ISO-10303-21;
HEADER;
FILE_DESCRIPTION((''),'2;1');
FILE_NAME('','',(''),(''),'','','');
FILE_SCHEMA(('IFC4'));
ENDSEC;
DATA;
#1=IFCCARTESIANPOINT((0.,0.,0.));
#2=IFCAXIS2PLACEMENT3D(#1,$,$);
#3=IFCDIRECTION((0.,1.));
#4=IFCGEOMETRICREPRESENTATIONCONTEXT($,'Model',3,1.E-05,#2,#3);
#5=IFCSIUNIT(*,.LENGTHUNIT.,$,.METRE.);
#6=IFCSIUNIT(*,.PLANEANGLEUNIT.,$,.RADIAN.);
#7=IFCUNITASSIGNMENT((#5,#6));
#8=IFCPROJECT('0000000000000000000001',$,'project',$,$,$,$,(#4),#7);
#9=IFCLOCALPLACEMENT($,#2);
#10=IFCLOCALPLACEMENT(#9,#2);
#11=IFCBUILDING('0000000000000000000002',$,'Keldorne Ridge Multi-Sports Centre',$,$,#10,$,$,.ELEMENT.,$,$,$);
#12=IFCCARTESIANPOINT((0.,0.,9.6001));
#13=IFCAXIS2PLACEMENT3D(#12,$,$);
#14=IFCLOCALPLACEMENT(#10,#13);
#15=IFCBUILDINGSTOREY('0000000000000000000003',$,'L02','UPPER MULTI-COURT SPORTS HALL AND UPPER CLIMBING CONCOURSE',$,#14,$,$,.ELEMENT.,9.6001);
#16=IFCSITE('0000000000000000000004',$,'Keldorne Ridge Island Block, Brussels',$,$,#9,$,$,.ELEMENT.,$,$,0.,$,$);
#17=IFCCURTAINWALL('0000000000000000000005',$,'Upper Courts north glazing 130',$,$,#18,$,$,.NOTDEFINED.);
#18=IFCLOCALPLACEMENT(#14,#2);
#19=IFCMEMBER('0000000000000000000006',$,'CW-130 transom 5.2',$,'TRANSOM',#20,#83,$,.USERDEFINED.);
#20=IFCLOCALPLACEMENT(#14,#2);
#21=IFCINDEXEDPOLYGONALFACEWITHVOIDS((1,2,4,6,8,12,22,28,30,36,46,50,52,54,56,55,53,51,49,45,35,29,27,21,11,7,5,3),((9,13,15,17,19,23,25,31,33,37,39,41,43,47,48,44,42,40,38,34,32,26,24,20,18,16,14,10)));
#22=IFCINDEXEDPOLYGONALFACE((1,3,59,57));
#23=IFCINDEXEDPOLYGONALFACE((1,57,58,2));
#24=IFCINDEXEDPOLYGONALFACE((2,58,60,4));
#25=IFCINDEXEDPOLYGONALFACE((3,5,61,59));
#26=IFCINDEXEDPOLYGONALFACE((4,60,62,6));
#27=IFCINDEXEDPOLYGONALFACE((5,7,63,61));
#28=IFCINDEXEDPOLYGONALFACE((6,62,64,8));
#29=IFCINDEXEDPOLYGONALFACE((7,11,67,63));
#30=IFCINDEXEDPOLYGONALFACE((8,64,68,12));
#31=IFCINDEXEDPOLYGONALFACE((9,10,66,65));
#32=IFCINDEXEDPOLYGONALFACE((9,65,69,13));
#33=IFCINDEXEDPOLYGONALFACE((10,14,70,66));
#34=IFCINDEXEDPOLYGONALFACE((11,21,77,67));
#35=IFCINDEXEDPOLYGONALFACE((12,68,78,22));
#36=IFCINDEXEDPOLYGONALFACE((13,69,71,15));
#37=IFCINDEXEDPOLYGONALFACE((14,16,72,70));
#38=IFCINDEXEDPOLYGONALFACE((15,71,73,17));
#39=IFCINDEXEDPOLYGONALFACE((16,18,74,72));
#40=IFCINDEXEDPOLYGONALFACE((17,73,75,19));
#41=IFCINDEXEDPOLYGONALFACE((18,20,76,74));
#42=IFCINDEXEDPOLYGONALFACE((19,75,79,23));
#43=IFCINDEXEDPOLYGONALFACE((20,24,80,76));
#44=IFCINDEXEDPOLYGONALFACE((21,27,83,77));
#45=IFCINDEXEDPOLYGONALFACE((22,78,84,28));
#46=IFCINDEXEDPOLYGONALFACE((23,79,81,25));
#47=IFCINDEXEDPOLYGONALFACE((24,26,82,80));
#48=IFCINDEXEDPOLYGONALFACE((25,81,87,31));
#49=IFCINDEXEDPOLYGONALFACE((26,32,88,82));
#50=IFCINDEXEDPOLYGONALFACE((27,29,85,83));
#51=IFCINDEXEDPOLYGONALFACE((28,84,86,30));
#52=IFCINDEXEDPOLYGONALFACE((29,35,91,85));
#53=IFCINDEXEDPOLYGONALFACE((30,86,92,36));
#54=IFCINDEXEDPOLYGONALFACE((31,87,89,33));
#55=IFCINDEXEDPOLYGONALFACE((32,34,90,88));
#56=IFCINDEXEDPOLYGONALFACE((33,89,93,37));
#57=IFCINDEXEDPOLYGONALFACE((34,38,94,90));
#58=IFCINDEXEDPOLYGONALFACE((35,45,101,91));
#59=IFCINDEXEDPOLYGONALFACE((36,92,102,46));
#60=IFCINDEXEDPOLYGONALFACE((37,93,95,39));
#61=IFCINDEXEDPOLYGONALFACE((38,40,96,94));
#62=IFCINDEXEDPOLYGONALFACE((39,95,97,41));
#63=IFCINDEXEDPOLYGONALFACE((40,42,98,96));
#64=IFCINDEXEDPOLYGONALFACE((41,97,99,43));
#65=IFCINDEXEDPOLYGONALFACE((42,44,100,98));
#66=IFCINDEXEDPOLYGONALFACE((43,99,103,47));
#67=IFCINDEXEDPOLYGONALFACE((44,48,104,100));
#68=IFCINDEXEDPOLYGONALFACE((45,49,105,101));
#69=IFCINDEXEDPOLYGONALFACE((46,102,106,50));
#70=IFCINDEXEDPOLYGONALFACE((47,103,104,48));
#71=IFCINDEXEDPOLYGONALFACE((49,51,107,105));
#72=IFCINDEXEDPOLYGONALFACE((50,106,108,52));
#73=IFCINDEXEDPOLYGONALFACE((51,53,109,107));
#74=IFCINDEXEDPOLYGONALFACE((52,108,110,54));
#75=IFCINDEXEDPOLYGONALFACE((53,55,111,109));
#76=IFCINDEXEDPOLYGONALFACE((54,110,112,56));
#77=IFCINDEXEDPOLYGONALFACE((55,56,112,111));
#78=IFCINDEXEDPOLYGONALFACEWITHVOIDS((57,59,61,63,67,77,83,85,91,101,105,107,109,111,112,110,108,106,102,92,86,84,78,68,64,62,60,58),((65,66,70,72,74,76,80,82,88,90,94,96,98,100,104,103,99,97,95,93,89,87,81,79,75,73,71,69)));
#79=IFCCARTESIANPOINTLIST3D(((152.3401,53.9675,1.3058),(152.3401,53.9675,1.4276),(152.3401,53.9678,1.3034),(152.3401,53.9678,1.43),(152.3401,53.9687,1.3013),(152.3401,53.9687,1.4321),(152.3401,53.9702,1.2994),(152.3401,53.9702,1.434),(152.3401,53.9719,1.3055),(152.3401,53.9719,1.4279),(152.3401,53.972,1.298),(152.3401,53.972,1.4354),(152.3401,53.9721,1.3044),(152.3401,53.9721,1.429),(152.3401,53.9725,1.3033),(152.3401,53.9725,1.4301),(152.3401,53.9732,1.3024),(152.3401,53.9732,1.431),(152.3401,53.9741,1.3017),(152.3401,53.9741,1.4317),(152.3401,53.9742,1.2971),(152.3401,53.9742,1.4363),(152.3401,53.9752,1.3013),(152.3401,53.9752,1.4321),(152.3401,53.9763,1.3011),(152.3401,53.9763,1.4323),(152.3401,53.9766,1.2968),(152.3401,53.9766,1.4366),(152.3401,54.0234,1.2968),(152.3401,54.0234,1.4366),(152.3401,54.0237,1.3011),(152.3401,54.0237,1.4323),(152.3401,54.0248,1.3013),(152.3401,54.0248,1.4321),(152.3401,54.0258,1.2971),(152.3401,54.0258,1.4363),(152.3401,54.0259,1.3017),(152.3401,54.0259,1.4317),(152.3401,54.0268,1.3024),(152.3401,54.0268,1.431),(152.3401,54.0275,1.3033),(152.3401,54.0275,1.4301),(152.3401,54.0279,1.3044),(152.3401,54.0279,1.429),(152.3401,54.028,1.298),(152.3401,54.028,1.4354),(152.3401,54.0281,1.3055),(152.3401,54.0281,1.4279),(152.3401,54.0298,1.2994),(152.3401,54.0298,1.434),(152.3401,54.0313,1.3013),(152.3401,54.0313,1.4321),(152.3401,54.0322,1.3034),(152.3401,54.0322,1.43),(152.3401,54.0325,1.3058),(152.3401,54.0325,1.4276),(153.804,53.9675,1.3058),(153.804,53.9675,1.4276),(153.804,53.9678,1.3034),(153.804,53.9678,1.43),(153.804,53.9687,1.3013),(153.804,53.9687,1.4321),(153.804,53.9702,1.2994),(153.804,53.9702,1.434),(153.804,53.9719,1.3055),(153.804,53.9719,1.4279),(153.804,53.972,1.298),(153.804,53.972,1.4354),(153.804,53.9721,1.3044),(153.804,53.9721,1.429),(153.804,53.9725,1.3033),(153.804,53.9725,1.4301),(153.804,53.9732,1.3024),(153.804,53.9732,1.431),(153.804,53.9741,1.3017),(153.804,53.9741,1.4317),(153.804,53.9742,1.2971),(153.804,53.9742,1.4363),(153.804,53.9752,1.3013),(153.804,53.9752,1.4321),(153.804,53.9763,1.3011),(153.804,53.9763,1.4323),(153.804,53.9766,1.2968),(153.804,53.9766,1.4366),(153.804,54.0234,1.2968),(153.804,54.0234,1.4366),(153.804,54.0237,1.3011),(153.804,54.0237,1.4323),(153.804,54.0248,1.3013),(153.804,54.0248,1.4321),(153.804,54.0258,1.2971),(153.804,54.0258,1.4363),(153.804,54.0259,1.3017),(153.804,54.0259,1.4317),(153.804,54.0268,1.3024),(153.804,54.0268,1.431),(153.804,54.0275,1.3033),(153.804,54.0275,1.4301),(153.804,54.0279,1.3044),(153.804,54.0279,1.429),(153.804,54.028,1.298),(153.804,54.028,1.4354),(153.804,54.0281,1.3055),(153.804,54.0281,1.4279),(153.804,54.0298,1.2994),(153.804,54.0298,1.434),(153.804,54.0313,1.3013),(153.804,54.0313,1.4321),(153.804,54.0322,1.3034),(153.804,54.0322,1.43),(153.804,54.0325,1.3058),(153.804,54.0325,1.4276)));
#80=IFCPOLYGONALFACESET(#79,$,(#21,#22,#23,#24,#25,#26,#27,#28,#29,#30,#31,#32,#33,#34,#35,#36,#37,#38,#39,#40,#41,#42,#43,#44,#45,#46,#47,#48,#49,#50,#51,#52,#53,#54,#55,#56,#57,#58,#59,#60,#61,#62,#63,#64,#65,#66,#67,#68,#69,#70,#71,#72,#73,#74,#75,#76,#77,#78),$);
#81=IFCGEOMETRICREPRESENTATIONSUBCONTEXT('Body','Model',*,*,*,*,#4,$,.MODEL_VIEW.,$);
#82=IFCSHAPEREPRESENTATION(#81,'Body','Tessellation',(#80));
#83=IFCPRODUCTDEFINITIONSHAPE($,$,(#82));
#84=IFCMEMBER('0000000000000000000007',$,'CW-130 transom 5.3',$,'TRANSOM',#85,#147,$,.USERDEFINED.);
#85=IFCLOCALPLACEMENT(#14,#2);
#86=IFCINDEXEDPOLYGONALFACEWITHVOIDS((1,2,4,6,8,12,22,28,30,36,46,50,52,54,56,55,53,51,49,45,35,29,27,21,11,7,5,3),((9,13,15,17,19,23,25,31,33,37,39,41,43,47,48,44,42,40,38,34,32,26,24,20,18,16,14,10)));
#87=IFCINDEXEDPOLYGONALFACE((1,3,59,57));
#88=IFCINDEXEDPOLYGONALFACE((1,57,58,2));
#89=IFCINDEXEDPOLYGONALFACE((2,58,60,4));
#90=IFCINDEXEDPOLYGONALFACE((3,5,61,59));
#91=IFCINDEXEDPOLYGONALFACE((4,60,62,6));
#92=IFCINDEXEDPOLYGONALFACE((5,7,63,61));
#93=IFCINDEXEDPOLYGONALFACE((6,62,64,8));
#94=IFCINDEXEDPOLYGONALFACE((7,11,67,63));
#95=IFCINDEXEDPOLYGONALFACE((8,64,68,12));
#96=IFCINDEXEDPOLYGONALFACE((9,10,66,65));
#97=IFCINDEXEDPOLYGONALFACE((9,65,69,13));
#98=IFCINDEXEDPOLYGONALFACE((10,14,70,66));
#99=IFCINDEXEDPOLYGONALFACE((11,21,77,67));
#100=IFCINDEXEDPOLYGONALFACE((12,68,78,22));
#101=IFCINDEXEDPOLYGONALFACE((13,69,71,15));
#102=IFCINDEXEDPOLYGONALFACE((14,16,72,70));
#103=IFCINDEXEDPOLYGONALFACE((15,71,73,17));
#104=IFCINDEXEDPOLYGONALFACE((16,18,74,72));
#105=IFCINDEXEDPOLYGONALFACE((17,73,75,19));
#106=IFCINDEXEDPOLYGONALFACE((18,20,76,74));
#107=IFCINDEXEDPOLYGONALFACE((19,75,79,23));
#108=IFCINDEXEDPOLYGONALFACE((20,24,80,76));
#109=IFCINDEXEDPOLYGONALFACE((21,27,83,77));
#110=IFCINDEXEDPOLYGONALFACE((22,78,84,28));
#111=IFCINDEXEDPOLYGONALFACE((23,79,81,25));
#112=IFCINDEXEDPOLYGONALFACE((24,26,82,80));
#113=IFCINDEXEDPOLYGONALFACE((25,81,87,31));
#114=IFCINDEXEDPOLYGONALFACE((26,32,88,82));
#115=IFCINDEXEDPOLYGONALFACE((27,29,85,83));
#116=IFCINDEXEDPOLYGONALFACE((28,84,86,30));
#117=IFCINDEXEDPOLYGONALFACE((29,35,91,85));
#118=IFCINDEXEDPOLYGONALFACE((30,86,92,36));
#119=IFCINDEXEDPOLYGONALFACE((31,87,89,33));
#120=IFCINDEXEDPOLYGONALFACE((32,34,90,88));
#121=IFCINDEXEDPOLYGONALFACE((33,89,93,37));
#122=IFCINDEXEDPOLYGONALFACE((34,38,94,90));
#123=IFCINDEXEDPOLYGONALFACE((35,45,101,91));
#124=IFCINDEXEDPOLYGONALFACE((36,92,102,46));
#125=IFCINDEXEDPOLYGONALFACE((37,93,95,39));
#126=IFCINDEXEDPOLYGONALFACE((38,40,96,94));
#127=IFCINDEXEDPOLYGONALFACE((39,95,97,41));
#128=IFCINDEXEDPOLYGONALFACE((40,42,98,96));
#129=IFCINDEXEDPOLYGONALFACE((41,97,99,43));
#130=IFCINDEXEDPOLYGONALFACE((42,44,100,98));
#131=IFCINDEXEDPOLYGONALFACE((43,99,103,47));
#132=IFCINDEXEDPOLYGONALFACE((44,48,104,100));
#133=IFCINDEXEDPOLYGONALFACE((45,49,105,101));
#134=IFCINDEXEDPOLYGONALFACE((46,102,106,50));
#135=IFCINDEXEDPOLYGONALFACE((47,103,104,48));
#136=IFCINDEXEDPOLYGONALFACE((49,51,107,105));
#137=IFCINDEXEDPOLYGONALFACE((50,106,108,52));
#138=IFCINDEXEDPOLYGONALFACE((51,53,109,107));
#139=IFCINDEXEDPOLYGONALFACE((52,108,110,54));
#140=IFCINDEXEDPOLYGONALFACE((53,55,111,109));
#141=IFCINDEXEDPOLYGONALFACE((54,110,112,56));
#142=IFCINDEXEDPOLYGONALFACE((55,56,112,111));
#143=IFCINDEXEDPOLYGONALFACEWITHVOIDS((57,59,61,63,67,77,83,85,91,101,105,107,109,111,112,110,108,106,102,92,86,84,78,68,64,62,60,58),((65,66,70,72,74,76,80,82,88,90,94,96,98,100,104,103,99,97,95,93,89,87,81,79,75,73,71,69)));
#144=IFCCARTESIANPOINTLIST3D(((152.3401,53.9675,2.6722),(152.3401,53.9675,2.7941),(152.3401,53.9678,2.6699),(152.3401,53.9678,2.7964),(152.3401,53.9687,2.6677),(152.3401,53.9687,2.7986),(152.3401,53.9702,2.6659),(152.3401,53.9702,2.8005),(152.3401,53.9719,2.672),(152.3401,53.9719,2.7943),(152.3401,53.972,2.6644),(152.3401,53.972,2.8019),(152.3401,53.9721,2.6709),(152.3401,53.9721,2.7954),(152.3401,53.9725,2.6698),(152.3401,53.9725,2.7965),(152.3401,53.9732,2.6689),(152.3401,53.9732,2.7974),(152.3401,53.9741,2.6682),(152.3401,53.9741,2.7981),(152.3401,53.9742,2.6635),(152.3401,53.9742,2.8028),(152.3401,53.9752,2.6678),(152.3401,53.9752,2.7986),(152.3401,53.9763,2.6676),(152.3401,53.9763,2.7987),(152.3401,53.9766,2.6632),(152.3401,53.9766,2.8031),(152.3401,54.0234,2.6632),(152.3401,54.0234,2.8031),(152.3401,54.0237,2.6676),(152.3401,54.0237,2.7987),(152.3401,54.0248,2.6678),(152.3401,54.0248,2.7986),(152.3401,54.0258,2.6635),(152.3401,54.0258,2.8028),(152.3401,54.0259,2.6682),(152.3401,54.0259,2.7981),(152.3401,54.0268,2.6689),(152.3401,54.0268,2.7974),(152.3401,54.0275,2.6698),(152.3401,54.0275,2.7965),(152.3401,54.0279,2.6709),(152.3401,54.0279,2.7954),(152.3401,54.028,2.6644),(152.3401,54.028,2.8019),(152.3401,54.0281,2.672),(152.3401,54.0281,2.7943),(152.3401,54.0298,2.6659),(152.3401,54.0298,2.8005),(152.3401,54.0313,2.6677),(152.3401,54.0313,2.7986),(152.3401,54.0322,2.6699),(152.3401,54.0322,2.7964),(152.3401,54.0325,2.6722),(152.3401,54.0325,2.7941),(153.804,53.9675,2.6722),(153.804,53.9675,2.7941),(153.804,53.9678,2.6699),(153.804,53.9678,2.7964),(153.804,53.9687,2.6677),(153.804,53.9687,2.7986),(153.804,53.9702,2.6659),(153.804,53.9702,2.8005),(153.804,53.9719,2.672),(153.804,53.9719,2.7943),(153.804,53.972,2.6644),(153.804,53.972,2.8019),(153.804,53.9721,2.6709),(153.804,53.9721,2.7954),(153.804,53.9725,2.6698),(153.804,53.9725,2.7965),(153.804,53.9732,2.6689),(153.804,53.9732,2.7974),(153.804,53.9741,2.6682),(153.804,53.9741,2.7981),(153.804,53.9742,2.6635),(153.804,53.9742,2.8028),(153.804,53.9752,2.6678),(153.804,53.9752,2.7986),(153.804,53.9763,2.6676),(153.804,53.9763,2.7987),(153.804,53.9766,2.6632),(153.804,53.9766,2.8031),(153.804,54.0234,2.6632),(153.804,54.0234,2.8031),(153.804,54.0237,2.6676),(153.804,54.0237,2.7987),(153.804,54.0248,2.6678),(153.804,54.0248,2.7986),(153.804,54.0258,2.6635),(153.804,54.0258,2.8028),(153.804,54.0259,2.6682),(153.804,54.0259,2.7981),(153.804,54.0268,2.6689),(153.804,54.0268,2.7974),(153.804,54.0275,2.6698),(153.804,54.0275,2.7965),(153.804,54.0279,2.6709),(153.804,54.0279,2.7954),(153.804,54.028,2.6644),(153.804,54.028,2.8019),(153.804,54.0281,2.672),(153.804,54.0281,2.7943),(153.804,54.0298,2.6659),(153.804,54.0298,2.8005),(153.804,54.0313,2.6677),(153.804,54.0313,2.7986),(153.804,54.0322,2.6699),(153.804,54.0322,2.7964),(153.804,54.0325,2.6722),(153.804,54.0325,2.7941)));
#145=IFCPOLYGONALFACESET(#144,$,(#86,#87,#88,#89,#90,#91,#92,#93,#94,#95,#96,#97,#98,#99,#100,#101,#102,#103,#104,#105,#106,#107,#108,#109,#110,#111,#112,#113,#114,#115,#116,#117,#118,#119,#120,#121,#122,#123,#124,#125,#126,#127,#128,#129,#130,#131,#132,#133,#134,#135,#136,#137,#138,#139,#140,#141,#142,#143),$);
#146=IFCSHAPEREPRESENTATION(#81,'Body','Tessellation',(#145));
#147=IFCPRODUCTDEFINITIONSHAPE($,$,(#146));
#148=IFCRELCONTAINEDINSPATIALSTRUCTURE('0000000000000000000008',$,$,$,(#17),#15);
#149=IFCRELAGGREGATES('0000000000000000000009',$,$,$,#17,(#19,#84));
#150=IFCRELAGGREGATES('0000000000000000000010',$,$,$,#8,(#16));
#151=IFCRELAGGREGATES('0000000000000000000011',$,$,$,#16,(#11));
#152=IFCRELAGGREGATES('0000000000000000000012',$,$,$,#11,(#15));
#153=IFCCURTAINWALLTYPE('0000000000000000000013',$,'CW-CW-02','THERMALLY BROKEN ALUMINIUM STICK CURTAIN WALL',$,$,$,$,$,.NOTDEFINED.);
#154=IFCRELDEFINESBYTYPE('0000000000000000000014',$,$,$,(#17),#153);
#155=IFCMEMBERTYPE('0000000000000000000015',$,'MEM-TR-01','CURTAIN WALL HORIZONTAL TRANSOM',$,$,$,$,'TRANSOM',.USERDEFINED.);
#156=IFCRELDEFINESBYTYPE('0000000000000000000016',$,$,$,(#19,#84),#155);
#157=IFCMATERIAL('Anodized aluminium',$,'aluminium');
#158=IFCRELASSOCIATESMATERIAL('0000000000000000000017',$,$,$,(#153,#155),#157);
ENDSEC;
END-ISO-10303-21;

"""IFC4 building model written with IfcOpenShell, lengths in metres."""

from ifc_helpers import new_model, si_unit, direction, frame, origin, origin_2d, place, context, subcontext, project, spatial, hollow_rectangle, extrude, material, material_profile, profile_set, type_object, element, aggregate, save


model = new_model("IFC4")

# Units and contexts
model_context = context("Model", 3, precision=1e-05, world=origin(), true_north=direction((0.0, 1.0)))
body_context = subcontext(model_context, "Body", "Model", "MODEL_VIEW")
ifc_project = project(units=[si_unit("LENGTHUNIT", "METRE"), si_unit("PLANEANGLEUNIT", "RADIAN")], contexts=[model_context])

# Site, building, storey
site_placement = place(None, origin())
site = spatial("IfcSite", under=ifc_project, at=site_placement, Name="Keldorne Ridge Island Block, Brussels", CompositionType="ELEMENT", RefElevation=0.0)
building_placement = place(site_placement, origin())
building = spatial("IfcBuilding", under=site, at=building_placement, Name="Keldorne Ridge Multi-Sports Centre", CompositionType="ELEMENT")
storey_placement = place(building_placement, frame((0.0, 0.0, 9.6001)))
storey = spatial("IfcBuildingStorey", under=building, at=storey_placement, Name="L02", Description="UPPER MULTI-COURT SPORTS HALL AND UPPER CLIMBING CONCOURSE", CompositionType="ELEMENT", Elevation=9.6001)

# Curtain wall, members
ifc_material_1 = material(Name="Anodized aluminium", Category="aluminium")
curtain_wall_type = type_object("IfcCurtainWallType", Name="CW-CW-02", Description="THERMALLY BROKEN ALUMINIUM STICK CURTAIN WALL", PredefinedType="NOTDEFINED", material=ifc_material_1)
curtain_wall_placement = place(storey_placement, origin())
curtain_wall = element("IfcCurtainWall", 1, at=curtain_wall_placement, inside=storey, type_object=curtain_wall_type, Name="Upper Courts north glazing 130", PredefinedType="NOTDEFINED")
ifc_material_profile_1 = material_profile(ifc_material_1, hollow_rectangle(XDim=0.0649, YDim=0.1399, WallThickness=0.0044, InnerFilletRadius=0.0044, OuterFilletRadius=0.009, at=origin_2d()), Name="ALU TRANSOM 140x65x4.5")
ifc_profile_set_1 = profile_set([ifc_material_profile_1], Name="Anodized aluminium")
member_type_1 = type_object("IfcMemberType", Name="MEM-TR-01", Description="CURTAIN WALL HORIZONTAL TRANSOM", ElementType="TRANSOM", PredefinedType="USERDEFINED", material=ifc_profile_set_1)
member_1_placement = place(storey_placement, frame((153.804, 54.0, 1.3667), z_axis=(-1.0, 0.0, 0.0), x_axis=(0.0, -1.0, 0.0)))
member_1 = element("IfcMember", 2, at=member_1_placement, type_object=member_type_1, Name="CW-130 transom 5.2", ObjectType="TRANSOM", PredefinedType="USERDEFINED", context=body_context, shape_type="SweptSolid", body=[
    extrude(hollow_rectangle(XDim=0.0649, YDim=0.1399, WallThickness=0.0044, InnerFilletRadius=0.0044, OuterFilletRadius=0.009, at=origin_2d()), origin(), (0.0, 0.0, 1.0), 1.4639),
])
member_2_placement = place(storey_placement, frame((153.804, 54.0, 2.7332), z_axis=(-1.0, 0.0, 0.0), x_axis=(0.0, -1.0, 0.0)))
member_2 = element("IfcMember", 3, at=member_2_placement, type_object=member_type_1, Name="CW-130 transom 5.3", ObjectType="TRANSOM", PredefinedType="USERDEFINED", context=body_context, shape_type="SweptSolid", body=[
    extrude(hollow_rectangle(XDim=0.0649, YDim=0.1399, WallThickness=0.0044, InnerFilletRadius=0.0044, OuterFilletRadius=0.009, at=origin_2d()), origin(), (0.0, 0.0, 1.0), 1.4639),
])
aggregate(curtain_wall, [member_1, member_2])

save(model, "model.ifc")
